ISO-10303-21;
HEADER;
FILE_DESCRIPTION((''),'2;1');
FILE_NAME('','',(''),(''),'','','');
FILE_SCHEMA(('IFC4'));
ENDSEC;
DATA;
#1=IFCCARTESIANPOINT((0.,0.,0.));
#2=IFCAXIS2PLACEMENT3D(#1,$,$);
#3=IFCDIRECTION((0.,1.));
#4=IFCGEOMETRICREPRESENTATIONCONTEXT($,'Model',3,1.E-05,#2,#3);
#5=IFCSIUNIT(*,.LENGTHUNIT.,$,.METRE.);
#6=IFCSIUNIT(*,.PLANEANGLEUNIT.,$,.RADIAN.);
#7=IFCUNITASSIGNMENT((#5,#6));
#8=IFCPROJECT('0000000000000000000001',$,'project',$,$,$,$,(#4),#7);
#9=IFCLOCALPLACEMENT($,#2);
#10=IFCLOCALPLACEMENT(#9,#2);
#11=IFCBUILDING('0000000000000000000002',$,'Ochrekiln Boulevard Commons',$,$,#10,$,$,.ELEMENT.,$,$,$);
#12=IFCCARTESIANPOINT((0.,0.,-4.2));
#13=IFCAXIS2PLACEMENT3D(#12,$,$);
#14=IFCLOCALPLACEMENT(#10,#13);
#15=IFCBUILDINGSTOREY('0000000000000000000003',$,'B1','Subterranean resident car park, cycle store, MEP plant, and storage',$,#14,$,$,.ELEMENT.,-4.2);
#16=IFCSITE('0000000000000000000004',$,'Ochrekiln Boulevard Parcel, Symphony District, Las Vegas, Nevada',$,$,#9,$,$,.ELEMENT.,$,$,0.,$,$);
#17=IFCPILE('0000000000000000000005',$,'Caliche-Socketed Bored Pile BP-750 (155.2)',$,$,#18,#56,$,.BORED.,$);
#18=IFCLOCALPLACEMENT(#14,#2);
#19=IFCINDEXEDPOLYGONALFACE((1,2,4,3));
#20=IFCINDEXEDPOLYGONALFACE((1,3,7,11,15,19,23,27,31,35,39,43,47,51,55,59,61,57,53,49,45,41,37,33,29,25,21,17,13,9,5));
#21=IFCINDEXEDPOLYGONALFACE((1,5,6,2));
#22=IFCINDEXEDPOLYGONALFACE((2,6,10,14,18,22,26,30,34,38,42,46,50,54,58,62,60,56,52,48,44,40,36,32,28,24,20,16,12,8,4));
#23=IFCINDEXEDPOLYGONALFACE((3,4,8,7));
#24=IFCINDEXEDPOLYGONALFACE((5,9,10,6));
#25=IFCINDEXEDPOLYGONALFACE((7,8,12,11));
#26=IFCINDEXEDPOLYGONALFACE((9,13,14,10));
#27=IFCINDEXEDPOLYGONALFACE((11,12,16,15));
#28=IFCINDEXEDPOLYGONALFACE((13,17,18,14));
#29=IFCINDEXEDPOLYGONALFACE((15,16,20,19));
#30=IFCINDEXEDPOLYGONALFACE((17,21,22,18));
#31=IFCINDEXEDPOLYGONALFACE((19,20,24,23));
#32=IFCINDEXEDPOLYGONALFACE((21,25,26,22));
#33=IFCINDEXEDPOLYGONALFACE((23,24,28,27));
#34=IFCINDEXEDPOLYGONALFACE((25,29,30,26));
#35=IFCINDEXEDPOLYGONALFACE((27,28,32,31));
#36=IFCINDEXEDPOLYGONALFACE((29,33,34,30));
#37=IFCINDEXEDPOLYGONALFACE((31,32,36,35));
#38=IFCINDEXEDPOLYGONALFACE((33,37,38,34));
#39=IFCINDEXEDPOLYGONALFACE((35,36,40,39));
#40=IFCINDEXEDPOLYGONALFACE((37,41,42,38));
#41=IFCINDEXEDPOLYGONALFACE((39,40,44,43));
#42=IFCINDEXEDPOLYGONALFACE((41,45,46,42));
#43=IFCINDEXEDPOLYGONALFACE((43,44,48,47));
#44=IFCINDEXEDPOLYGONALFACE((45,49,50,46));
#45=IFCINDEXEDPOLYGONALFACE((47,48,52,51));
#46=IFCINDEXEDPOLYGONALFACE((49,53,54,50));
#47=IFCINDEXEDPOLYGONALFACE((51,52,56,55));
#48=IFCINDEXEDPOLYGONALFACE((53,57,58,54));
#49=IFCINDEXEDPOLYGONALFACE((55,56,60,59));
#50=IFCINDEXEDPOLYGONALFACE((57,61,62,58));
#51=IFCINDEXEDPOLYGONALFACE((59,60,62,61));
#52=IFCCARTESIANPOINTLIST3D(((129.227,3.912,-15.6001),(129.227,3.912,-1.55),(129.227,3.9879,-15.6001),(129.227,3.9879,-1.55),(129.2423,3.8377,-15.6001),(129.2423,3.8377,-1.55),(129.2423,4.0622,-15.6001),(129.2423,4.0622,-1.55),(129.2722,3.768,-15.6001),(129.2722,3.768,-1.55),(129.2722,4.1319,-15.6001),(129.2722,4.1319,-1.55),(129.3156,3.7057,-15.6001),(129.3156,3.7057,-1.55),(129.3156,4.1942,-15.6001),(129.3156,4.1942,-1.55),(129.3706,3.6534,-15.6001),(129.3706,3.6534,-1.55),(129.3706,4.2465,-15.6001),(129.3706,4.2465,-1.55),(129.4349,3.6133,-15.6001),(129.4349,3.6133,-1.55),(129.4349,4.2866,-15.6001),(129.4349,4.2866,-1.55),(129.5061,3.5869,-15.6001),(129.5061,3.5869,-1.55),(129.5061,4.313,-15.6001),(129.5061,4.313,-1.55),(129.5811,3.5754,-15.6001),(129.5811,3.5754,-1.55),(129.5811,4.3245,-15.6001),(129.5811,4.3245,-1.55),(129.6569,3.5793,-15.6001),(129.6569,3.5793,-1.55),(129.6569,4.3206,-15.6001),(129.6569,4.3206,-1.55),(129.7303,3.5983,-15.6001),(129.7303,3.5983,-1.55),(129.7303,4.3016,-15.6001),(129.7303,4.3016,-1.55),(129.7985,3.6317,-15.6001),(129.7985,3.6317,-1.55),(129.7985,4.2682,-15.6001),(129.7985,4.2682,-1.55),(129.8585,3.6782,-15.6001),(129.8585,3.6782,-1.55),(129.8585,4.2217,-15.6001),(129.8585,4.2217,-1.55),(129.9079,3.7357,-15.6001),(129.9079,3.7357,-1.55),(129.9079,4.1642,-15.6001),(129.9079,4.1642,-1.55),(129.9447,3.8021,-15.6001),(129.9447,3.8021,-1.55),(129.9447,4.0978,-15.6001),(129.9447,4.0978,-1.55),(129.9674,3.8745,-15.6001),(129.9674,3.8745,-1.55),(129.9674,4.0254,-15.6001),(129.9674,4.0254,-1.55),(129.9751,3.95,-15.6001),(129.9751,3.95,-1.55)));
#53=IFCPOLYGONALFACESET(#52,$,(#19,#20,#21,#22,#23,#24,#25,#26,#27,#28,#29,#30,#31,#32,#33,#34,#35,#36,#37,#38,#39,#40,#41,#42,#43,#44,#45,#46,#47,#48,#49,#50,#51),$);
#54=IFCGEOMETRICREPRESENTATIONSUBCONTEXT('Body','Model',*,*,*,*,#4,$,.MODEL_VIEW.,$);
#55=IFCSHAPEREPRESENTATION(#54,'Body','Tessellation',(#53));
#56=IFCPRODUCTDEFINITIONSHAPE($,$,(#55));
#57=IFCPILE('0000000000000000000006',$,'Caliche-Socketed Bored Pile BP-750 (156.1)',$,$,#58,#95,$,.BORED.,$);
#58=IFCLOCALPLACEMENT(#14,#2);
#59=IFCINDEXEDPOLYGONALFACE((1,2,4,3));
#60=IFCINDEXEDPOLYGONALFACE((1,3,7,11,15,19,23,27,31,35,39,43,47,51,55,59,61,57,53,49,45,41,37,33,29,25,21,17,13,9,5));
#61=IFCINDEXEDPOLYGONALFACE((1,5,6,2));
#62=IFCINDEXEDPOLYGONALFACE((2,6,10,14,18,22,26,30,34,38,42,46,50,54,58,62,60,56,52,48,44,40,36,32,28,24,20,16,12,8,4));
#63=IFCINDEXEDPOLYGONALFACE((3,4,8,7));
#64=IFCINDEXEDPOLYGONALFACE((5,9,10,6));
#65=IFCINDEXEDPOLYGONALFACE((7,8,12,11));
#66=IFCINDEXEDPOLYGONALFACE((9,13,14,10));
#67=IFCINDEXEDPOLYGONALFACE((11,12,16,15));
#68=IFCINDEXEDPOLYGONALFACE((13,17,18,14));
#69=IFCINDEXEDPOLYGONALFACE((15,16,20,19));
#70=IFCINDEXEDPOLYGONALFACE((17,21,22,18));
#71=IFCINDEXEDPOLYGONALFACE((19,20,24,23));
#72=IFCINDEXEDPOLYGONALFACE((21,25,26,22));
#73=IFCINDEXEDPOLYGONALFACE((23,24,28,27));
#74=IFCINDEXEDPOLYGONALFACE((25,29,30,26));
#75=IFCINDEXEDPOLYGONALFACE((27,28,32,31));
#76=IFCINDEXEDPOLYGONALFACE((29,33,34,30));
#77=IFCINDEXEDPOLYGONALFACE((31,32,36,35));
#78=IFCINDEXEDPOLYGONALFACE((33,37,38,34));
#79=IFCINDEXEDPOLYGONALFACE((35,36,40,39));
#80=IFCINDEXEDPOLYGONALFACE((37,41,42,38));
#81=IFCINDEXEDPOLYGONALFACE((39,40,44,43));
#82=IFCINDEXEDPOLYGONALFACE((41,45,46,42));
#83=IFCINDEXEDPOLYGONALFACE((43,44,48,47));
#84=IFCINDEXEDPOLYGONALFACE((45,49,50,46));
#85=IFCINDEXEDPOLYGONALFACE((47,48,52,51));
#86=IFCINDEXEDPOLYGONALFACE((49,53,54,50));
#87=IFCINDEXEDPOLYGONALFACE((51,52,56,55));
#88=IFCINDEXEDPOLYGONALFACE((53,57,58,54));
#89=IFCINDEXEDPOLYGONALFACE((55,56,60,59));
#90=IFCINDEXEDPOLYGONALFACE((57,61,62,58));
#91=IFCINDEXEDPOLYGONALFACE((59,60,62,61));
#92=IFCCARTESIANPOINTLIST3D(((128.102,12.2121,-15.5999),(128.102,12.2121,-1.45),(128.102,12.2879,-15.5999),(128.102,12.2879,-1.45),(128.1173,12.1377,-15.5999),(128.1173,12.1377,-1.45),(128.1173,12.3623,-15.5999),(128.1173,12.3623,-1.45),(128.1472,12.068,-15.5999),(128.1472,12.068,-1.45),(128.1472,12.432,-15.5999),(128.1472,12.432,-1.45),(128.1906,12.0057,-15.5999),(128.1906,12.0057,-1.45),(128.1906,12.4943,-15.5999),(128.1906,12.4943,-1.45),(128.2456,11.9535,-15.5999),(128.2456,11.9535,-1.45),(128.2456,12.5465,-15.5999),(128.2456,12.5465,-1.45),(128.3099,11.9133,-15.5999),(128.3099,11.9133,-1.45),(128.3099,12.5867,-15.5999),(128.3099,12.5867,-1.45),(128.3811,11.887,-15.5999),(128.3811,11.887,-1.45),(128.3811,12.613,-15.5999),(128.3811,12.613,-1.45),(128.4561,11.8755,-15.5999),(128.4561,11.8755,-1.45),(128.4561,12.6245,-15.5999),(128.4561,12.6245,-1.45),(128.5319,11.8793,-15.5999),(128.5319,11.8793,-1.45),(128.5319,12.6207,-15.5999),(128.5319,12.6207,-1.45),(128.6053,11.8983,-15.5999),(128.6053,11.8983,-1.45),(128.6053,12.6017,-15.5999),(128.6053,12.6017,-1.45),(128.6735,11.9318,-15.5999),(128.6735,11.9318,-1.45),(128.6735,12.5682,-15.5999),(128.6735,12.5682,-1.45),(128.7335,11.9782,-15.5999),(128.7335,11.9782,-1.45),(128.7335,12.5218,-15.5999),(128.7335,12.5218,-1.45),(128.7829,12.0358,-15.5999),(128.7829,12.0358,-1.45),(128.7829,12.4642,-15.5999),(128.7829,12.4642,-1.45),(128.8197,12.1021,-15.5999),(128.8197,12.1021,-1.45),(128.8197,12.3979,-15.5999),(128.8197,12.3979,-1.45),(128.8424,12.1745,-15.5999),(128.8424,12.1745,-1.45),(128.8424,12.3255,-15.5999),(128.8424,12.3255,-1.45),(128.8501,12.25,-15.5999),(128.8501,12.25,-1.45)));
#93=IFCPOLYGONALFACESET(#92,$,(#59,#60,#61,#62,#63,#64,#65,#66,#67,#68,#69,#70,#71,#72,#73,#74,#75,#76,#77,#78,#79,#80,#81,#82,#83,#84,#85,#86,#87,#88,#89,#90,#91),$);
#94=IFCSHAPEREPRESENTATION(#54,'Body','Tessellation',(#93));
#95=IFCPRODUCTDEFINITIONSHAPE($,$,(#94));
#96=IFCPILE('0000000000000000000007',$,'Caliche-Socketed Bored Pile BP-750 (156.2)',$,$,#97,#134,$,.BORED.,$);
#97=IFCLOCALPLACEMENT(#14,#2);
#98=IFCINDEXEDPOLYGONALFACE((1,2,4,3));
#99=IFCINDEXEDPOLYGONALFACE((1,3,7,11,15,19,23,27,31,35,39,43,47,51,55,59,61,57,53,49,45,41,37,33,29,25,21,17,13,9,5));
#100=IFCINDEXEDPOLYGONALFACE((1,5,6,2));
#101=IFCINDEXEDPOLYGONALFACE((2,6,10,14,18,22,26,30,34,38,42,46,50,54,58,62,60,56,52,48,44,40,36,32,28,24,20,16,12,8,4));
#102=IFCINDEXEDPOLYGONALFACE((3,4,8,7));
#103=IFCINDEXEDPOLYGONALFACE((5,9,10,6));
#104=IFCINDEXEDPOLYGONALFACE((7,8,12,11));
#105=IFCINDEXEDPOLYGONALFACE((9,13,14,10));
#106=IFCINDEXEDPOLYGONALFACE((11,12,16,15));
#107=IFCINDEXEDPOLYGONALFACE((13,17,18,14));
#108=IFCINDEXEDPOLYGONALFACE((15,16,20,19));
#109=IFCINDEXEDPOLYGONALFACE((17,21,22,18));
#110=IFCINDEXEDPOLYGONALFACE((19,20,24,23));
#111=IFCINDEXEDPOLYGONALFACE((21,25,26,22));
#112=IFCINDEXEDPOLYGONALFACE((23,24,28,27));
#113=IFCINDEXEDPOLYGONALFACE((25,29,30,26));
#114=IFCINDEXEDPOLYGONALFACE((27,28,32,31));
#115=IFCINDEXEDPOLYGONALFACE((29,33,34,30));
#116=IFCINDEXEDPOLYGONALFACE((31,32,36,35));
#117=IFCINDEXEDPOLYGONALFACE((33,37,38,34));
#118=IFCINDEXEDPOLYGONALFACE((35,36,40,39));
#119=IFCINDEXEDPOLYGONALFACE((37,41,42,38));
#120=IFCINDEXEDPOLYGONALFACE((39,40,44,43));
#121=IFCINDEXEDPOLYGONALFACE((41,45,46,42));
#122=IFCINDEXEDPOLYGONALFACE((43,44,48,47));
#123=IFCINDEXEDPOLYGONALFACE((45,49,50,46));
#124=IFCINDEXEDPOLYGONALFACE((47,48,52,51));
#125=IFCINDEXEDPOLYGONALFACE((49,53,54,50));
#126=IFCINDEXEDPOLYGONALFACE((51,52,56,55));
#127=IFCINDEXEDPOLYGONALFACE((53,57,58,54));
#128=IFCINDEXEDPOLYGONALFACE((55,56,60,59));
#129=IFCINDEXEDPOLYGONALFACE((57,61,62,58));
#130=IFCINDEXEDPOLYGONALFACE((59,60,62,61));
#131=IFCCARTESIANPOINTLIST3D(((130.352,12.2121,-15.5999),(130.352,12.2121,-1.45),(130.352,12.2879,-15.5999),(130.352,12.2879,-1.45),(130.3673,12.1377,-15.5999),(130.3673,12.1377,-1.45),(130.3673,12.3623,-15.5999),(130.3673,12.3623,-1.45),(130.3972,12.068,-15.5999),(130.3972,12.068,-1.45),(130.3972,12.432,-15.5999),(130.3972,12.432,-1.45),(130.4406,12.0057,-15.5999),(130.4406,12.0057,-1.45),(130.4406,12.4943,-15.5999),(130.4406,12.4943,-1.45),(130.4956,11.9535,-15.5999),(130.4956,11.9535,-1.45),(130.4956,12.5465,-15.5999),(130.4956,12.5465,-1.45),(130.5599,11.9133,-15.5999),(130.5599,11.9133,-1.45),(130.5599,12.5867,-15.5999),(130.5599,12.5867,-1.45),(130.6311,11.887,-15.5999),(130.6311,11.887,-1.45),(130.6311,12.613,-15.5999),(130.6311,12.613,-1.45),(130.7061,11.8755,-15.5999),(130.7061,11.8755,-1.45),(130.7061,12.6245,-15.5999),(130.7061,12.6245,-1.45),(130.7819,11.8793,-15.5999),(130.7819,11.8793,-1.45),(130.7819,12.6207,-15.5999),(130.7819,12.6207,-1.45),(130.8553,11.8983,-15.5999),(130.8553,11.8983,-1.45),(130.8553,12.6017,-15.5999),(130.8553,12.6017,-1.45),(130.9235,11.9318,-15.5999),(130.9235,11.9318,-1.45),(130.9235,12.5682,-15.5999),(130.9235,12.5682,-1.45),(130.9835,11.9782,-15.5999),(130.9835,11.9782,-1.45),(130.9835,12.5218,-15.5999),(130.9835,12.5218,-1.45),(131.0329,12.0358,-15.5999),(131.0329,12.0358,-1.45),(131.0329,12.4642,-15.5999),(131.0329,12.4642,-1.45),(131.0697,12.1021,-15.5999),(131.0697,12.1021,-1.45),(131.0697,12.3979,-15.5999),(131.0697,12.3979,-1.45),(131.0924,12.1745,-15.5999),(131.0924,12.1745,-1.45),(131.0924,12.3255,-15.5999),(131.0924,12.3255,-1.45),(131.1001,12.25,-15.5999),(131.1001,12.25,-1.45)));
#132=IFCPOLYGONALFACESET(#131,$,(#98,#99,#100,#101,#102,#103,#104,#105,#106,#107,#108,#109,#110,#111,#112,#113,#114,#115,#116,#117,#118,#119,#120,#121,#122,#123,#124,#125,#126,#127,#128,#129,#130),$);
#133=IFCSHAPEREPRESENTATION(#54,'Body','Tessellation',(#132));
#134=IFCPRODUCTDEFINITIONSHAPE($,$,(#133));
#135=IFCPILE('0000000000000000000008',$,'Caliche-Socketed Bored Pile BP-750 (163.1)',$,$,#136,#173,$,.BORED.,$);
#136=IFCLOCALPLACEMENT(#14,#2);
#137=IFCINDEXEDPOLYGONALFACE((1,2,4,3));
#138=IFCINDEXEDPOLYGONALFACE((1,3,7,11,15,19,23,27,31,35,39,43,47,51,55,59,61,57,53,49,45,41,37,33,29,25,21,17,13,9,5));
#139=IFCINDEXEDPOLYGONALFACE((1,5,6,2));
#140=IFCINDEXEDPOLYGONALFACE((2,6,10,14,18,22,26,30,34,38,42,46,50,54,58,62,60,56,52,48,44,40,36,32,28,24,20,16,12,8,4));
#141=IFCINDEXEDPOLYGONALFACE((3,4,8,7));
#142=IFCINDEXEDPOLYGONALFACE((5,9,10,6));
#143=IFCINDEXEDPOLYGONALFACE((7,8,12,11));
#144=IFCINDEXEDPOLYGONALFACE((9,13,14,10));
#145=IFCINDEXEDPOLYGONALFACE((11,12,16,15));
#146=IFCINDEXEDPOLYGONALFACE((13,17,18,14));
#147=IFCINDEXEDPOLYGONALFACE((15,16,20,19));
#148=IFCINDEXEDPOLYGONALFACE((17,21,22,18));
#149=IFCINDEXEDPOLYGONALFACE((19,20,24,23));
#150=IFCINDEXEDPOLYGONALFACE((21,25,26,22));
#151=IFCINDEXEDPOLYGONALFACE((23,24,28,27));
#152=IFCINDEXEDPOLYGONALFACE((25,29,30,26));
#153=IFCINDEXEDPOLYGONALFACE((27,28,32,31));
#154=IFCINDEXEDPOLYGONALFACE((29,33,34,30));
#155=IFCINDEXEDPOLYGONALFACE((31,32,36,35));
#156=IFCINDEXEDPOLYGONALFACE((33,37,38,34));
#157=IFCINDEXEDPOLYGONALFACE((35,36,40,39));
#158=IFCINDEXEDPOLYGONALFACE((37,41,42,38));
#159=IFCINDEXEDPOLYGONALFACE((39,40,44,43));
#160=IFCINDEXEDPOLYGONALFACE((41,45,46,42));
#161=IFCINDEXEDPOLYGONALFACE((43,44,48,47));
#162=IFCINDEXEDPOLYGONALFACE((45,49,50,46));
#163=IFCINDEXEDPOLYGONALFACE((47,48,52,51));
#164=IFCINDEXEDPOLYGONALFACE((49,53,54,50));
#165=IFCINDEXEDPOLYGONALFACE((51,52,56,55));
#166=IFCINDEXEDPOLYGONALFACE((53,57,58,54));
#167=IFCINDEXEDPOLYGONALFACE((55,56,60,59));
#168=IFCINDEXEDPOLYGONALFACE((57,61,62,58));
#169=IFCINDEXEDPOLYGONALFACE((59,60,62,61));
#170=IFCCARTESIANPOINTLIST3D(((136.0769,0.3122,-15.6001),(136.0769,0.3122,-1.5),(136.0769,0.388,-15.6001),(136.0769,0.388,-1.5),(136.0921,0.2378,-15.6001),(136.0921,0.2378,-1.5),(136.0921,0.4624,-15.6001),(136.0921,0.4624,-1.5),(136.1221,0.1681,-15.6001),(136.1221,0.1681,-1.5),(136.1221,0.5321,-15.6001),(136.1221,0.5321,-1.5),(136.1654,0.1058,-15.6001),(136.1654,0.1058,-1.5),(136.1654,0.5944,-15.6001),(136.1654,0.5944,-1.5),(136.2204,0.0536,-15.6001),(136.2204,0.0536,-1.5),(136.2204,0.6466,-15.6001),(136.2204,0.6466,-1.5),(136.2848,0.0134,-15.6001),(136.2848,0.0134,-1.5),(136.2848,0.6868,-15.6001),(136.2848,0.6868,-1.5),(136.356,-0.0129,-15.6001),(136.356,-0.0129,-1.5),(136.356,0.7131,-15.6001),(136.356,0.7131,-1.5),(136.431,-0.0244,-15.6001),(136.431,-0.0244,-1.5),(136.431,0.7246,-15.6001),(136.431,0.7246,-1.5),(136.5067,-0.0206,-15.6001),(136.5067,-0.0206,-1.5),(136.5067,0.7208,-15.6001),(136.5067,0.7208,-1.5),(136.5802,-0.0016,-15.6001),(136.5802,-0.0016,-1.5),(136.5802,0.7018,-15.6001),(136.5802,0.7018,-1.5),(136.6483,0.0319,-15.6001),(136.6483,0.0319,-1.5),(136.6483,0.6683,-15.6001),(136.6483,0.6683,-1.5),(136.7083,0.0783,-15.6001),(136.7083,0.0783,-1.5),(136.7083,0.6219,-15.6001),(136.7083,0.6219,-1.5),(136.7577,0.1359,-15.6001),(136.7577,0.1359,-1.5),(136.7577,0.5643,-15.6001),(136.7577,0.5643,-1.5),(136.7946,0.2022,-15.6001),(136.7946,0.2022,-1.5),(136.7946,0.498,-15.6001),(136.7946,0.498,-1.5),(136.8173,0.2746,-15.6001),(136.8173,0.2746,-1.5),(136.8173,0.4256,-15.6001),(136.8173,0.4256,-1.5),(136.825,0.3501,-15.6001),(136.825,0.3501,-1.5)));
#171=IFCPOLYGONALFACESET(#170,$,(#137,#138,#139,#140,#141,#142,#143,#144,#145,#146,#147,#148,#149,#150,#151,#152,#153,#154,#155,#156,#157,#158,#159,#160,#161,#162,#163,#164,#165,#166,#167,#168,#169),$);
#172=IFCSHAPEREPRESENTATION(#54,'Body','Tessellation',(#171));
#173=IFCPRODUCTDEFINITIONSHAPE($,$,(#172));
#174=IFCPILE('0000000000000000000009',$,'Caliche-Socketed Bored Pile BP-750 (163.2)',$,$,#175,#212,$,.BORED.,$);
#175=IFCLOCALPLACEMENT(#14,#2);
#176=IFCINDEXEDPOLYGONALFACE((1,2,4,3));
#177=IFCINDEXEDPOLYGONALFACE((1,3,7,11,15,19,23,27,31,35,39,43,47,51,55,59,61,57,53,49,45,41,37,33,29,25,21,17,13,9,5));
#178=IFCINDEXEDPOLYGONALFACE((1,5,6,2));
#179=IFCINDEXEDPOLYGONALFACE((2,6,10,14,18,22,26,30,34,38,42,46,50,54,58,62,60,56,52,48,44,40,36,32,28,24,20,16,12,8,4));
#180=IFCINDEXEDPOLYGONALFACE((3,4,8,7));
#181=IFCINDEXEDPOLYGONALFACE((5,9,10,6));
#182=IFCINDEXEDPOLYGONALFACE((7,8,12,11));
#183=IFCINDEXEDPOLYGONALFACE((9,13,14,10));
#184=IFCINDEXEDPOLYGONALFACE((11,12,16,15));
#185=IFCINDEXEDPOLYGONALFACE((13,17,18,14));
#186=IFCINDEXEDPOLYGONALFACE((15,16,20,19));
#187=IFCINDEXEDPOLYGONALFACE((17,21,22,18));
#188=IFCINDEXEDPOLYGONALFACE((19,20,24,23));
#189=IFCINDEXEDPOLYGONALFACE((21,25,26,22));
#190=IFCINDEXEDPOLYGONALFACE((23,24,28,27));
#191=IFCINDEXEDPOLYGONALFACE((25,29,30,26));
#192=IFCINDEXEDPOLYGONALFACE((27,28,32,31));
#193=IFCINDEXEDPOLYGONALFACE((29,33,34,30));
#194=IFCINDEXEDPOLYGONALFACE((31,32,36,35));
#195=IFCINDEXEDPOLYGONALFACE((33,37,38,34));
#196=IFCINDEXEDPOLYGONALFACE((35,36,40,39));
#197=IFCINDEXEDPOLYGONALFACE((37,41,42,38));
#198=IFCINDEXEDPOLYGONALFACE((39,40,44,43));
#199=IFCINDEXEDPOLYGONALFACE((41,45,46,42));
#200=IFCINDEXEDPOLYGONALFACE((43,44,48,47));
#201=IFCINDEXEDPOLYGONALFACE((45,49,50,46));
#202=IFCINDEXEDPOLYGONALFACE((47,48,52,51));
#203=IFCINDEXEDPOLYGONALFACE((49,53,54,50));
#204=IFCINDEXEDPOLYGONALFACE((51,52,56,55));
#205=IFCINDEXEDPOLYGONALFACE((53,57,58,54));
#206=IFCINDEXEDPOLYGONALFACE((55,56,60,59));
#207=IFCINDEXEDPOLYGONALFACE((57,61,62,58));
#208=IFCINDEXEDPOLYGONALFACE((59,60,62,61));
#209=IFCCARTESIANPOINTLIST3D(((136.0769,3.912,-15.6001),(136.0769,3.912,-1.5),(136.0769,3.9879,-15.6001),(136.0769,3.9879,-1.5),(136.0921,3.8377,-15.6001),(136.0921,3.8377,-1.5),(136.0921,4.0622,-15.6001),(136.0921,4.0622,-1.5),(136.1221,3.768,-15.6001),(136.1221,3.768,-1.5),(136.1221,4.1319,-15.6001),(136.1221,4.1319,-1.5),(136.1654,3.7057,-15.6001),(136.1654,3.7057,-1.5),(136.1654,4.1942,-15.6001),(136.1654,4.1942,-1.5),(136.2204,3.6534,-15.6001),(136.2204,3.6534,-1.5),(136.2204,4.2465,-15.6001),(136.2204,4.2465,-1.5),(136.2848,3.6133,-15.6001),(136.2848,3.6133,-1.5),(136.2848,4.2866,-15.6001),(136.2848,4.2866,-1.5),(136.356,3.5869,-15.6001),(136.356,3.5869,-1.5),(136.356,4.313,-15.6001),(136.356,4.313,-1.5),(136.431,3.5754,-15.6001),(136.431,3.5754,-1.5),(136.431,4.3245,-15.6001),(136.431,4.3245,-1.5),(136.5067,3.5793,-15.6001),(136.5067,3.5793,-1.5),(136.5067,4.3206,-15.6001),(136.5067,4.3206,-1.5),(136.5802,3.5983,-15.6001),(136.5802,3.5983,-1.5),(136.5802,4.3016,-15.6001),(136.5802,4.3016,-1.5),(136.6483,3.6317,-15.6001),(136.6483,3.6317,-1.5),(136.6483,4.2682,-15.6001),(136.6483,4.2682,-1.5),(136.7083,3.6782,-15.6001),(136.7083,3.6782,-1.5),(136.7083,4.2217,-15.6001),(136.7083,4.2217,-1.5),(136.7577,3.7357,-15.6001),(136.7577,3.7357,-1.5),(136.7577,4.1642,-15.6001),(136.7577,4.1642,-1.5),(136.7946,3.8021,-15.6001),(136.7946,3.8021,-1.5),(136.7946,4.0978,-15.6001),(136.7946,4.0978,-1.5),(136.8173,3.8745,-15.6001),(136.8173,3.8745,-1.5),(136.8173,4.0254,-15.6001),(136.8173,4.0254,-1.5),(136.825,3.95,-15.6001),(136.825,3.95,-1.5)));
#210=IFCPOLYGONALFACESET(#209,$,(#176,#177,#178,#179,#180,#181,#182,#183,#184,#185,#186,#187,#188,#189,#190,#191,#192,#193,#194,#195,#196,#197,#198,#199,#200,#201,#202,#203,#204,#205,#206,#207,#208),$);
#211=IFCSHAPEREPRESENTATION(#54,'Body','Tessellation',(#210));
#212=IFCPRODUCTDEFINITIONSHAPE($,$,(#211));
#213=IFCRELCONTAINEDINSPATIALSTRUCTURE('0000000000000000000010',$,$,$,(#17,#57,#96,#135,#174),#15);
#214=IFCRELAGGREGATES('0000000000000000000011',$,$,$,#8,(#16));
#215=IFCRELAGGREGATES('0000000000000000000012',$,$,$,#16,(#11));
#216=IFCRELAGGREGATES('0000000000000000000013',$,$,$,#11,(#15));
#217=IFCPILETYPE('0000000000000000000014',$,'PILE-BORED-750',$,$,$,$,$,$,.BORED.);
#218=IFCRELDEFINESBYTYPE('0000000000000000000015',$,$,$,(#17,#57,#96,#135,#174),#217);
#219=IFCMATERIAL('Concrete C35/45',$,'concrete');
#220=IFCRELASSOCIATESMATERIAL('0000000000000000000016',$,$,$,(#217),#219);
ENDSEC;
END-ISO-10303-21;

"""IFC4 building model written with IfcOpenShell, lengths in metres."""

from ifc_helpers import new_model, si_unit, direction, frame, origin, origin_2d, place, context, subcontext, project, spatial, circle, extrude, material, material_profile, profile_set, type_object, element, save


model = new_model("IFC4")

# Units and contexts
model_context = context("Model", 3, precision=1e-05, world=origin(), true_north=direction((0.0, 1.0)))
body_context = subcontext(model_context, "Body", "Model", "MODEL_VIEW")
ifc_project = project(units=[si_unit("LENGTHUNIT", "METRE"), si_unit("PLANEANGLEUNIT", "RADIAN")], contexts=[model_context])

# Site, building, storey
site_placement = place(None, origin())
site = spatial("IfcSite", under=ifc_project, at=site_placement, Name="Ochrekiln Boulevard Parcel, Symphony District, Las Vegas, Nevada", CompositionType="ELEMENT", RefElevation=0.0)
building_placement = place(site_placement, origin())
building = spatial("IfcBuilding", under=site, at=building_placement, Name="Ochrekiln Boulevard Commons", CompositionType="ELEMENT")
storey_placement = place(building_placement, frame((0.0, 0.0, -4.2)))
storey = spatial("IfcBuildingStorey", under=building, at=storey_placement, Name="B1", Description="Subterranean resident car park, cycle store, MEP plant, and storage", CompositionType="ELEMENT", Elevation=-4.2)

# Shared definitions
ifc_material_1 = material(Name="Concrete C35/45", Category="concrete")

# Piles
ifc_material_profile_1 = material_profile(ifc_material_1, circle(Radius=0.375, at=origin_2d()), Name="PILE-D750")
ifc_profile_set_1 = profile_set([ifc_material_profile_1], Name="Concrete C35/45")
pile_type = type_object("IfcPileType", Name="PILE-BORED-750", PredefinedType="BORED", material=ifc_profile_set_1)
for number, where, z_axis, x_axis, name in (
    (1, (129.6001, 3.95, -1.55), (0.0, 0.0, -1.0), (1.0, 0.0, 0.0), "Caliche-Socketed Bored Pile BP-750 (155.2)"),
):
    element("IfcPile", number, at=place(storey_placement, frame(where, z_axis=z_axis, x_axis=x_axis)), inside=storey, type_object=pile_type, Name=name, PredefinedType="BORED", context=body_context, shape_type="SweptSolid", body=[
        extrude(circle(Radius=0.375, at=origin_2d()), origin(), (0.0, 0.0, 1.0), 14.05),
    ])
for number, where, z_axis, x_axis, name in (
    (2, (128.4751, 12.25, -1.45), (0.0, 0.0, -1.0), (1.0, 0.0, 0.0), "Caliche-Socketed Bored Pile BP-750 (156.1)"),
    (3, (130.7251, 12.25, -1.45), (0.0, 0.0, -1.0), (1.0, 0.0, 0.0), "Caliche-Socketed Bored Pile BP-750 (156.2)"),
):
    element("IfcPile", number, at=place(storey_placement, frame(where, z_axis=z_axis, x_axis=x_axis)), inside=storey, type_object=pile_type, Name=name, PredefinedType="BORED", context=body_context, shape_type="SweptSolid", body=[
        extrude(circle(Radius=0.375, at=origin_2d()), origin(), (0.0, 0.0, 1.0), 14.1499),
    ])
for number, where, z_axis, x_axis, name in (
    (4, (136.45, 0.3501, -1.5), (0.0, 0.0, -1.0), (1.0, 0.0, 0.0), "Caliche-Socketed Bored Pile BP-750 (163.1)"),
    (5, (136.45, 3.95, -1.5), (0.0, 0.0, -1.0), (1.0, 0.0, 0.0), "Caliche-Socketed Bored Pile BP-750 (163.2)"),
):
    element("IfcPile", number, at=place(storey_placement, frame(where, z_axis=z_axis, x_axis=x_axis)), inside=storey, type_object=pile_type, Name=name, PredefinedType="BORED", context=body_context, shape_type="SweptSolid", body=[
        extrude(circle(Radius=0.375, at=origin_2d()), origin(), (0.0, 0.0, 1.0), 14.1001),
    ])

save(model, "model.ifc")
